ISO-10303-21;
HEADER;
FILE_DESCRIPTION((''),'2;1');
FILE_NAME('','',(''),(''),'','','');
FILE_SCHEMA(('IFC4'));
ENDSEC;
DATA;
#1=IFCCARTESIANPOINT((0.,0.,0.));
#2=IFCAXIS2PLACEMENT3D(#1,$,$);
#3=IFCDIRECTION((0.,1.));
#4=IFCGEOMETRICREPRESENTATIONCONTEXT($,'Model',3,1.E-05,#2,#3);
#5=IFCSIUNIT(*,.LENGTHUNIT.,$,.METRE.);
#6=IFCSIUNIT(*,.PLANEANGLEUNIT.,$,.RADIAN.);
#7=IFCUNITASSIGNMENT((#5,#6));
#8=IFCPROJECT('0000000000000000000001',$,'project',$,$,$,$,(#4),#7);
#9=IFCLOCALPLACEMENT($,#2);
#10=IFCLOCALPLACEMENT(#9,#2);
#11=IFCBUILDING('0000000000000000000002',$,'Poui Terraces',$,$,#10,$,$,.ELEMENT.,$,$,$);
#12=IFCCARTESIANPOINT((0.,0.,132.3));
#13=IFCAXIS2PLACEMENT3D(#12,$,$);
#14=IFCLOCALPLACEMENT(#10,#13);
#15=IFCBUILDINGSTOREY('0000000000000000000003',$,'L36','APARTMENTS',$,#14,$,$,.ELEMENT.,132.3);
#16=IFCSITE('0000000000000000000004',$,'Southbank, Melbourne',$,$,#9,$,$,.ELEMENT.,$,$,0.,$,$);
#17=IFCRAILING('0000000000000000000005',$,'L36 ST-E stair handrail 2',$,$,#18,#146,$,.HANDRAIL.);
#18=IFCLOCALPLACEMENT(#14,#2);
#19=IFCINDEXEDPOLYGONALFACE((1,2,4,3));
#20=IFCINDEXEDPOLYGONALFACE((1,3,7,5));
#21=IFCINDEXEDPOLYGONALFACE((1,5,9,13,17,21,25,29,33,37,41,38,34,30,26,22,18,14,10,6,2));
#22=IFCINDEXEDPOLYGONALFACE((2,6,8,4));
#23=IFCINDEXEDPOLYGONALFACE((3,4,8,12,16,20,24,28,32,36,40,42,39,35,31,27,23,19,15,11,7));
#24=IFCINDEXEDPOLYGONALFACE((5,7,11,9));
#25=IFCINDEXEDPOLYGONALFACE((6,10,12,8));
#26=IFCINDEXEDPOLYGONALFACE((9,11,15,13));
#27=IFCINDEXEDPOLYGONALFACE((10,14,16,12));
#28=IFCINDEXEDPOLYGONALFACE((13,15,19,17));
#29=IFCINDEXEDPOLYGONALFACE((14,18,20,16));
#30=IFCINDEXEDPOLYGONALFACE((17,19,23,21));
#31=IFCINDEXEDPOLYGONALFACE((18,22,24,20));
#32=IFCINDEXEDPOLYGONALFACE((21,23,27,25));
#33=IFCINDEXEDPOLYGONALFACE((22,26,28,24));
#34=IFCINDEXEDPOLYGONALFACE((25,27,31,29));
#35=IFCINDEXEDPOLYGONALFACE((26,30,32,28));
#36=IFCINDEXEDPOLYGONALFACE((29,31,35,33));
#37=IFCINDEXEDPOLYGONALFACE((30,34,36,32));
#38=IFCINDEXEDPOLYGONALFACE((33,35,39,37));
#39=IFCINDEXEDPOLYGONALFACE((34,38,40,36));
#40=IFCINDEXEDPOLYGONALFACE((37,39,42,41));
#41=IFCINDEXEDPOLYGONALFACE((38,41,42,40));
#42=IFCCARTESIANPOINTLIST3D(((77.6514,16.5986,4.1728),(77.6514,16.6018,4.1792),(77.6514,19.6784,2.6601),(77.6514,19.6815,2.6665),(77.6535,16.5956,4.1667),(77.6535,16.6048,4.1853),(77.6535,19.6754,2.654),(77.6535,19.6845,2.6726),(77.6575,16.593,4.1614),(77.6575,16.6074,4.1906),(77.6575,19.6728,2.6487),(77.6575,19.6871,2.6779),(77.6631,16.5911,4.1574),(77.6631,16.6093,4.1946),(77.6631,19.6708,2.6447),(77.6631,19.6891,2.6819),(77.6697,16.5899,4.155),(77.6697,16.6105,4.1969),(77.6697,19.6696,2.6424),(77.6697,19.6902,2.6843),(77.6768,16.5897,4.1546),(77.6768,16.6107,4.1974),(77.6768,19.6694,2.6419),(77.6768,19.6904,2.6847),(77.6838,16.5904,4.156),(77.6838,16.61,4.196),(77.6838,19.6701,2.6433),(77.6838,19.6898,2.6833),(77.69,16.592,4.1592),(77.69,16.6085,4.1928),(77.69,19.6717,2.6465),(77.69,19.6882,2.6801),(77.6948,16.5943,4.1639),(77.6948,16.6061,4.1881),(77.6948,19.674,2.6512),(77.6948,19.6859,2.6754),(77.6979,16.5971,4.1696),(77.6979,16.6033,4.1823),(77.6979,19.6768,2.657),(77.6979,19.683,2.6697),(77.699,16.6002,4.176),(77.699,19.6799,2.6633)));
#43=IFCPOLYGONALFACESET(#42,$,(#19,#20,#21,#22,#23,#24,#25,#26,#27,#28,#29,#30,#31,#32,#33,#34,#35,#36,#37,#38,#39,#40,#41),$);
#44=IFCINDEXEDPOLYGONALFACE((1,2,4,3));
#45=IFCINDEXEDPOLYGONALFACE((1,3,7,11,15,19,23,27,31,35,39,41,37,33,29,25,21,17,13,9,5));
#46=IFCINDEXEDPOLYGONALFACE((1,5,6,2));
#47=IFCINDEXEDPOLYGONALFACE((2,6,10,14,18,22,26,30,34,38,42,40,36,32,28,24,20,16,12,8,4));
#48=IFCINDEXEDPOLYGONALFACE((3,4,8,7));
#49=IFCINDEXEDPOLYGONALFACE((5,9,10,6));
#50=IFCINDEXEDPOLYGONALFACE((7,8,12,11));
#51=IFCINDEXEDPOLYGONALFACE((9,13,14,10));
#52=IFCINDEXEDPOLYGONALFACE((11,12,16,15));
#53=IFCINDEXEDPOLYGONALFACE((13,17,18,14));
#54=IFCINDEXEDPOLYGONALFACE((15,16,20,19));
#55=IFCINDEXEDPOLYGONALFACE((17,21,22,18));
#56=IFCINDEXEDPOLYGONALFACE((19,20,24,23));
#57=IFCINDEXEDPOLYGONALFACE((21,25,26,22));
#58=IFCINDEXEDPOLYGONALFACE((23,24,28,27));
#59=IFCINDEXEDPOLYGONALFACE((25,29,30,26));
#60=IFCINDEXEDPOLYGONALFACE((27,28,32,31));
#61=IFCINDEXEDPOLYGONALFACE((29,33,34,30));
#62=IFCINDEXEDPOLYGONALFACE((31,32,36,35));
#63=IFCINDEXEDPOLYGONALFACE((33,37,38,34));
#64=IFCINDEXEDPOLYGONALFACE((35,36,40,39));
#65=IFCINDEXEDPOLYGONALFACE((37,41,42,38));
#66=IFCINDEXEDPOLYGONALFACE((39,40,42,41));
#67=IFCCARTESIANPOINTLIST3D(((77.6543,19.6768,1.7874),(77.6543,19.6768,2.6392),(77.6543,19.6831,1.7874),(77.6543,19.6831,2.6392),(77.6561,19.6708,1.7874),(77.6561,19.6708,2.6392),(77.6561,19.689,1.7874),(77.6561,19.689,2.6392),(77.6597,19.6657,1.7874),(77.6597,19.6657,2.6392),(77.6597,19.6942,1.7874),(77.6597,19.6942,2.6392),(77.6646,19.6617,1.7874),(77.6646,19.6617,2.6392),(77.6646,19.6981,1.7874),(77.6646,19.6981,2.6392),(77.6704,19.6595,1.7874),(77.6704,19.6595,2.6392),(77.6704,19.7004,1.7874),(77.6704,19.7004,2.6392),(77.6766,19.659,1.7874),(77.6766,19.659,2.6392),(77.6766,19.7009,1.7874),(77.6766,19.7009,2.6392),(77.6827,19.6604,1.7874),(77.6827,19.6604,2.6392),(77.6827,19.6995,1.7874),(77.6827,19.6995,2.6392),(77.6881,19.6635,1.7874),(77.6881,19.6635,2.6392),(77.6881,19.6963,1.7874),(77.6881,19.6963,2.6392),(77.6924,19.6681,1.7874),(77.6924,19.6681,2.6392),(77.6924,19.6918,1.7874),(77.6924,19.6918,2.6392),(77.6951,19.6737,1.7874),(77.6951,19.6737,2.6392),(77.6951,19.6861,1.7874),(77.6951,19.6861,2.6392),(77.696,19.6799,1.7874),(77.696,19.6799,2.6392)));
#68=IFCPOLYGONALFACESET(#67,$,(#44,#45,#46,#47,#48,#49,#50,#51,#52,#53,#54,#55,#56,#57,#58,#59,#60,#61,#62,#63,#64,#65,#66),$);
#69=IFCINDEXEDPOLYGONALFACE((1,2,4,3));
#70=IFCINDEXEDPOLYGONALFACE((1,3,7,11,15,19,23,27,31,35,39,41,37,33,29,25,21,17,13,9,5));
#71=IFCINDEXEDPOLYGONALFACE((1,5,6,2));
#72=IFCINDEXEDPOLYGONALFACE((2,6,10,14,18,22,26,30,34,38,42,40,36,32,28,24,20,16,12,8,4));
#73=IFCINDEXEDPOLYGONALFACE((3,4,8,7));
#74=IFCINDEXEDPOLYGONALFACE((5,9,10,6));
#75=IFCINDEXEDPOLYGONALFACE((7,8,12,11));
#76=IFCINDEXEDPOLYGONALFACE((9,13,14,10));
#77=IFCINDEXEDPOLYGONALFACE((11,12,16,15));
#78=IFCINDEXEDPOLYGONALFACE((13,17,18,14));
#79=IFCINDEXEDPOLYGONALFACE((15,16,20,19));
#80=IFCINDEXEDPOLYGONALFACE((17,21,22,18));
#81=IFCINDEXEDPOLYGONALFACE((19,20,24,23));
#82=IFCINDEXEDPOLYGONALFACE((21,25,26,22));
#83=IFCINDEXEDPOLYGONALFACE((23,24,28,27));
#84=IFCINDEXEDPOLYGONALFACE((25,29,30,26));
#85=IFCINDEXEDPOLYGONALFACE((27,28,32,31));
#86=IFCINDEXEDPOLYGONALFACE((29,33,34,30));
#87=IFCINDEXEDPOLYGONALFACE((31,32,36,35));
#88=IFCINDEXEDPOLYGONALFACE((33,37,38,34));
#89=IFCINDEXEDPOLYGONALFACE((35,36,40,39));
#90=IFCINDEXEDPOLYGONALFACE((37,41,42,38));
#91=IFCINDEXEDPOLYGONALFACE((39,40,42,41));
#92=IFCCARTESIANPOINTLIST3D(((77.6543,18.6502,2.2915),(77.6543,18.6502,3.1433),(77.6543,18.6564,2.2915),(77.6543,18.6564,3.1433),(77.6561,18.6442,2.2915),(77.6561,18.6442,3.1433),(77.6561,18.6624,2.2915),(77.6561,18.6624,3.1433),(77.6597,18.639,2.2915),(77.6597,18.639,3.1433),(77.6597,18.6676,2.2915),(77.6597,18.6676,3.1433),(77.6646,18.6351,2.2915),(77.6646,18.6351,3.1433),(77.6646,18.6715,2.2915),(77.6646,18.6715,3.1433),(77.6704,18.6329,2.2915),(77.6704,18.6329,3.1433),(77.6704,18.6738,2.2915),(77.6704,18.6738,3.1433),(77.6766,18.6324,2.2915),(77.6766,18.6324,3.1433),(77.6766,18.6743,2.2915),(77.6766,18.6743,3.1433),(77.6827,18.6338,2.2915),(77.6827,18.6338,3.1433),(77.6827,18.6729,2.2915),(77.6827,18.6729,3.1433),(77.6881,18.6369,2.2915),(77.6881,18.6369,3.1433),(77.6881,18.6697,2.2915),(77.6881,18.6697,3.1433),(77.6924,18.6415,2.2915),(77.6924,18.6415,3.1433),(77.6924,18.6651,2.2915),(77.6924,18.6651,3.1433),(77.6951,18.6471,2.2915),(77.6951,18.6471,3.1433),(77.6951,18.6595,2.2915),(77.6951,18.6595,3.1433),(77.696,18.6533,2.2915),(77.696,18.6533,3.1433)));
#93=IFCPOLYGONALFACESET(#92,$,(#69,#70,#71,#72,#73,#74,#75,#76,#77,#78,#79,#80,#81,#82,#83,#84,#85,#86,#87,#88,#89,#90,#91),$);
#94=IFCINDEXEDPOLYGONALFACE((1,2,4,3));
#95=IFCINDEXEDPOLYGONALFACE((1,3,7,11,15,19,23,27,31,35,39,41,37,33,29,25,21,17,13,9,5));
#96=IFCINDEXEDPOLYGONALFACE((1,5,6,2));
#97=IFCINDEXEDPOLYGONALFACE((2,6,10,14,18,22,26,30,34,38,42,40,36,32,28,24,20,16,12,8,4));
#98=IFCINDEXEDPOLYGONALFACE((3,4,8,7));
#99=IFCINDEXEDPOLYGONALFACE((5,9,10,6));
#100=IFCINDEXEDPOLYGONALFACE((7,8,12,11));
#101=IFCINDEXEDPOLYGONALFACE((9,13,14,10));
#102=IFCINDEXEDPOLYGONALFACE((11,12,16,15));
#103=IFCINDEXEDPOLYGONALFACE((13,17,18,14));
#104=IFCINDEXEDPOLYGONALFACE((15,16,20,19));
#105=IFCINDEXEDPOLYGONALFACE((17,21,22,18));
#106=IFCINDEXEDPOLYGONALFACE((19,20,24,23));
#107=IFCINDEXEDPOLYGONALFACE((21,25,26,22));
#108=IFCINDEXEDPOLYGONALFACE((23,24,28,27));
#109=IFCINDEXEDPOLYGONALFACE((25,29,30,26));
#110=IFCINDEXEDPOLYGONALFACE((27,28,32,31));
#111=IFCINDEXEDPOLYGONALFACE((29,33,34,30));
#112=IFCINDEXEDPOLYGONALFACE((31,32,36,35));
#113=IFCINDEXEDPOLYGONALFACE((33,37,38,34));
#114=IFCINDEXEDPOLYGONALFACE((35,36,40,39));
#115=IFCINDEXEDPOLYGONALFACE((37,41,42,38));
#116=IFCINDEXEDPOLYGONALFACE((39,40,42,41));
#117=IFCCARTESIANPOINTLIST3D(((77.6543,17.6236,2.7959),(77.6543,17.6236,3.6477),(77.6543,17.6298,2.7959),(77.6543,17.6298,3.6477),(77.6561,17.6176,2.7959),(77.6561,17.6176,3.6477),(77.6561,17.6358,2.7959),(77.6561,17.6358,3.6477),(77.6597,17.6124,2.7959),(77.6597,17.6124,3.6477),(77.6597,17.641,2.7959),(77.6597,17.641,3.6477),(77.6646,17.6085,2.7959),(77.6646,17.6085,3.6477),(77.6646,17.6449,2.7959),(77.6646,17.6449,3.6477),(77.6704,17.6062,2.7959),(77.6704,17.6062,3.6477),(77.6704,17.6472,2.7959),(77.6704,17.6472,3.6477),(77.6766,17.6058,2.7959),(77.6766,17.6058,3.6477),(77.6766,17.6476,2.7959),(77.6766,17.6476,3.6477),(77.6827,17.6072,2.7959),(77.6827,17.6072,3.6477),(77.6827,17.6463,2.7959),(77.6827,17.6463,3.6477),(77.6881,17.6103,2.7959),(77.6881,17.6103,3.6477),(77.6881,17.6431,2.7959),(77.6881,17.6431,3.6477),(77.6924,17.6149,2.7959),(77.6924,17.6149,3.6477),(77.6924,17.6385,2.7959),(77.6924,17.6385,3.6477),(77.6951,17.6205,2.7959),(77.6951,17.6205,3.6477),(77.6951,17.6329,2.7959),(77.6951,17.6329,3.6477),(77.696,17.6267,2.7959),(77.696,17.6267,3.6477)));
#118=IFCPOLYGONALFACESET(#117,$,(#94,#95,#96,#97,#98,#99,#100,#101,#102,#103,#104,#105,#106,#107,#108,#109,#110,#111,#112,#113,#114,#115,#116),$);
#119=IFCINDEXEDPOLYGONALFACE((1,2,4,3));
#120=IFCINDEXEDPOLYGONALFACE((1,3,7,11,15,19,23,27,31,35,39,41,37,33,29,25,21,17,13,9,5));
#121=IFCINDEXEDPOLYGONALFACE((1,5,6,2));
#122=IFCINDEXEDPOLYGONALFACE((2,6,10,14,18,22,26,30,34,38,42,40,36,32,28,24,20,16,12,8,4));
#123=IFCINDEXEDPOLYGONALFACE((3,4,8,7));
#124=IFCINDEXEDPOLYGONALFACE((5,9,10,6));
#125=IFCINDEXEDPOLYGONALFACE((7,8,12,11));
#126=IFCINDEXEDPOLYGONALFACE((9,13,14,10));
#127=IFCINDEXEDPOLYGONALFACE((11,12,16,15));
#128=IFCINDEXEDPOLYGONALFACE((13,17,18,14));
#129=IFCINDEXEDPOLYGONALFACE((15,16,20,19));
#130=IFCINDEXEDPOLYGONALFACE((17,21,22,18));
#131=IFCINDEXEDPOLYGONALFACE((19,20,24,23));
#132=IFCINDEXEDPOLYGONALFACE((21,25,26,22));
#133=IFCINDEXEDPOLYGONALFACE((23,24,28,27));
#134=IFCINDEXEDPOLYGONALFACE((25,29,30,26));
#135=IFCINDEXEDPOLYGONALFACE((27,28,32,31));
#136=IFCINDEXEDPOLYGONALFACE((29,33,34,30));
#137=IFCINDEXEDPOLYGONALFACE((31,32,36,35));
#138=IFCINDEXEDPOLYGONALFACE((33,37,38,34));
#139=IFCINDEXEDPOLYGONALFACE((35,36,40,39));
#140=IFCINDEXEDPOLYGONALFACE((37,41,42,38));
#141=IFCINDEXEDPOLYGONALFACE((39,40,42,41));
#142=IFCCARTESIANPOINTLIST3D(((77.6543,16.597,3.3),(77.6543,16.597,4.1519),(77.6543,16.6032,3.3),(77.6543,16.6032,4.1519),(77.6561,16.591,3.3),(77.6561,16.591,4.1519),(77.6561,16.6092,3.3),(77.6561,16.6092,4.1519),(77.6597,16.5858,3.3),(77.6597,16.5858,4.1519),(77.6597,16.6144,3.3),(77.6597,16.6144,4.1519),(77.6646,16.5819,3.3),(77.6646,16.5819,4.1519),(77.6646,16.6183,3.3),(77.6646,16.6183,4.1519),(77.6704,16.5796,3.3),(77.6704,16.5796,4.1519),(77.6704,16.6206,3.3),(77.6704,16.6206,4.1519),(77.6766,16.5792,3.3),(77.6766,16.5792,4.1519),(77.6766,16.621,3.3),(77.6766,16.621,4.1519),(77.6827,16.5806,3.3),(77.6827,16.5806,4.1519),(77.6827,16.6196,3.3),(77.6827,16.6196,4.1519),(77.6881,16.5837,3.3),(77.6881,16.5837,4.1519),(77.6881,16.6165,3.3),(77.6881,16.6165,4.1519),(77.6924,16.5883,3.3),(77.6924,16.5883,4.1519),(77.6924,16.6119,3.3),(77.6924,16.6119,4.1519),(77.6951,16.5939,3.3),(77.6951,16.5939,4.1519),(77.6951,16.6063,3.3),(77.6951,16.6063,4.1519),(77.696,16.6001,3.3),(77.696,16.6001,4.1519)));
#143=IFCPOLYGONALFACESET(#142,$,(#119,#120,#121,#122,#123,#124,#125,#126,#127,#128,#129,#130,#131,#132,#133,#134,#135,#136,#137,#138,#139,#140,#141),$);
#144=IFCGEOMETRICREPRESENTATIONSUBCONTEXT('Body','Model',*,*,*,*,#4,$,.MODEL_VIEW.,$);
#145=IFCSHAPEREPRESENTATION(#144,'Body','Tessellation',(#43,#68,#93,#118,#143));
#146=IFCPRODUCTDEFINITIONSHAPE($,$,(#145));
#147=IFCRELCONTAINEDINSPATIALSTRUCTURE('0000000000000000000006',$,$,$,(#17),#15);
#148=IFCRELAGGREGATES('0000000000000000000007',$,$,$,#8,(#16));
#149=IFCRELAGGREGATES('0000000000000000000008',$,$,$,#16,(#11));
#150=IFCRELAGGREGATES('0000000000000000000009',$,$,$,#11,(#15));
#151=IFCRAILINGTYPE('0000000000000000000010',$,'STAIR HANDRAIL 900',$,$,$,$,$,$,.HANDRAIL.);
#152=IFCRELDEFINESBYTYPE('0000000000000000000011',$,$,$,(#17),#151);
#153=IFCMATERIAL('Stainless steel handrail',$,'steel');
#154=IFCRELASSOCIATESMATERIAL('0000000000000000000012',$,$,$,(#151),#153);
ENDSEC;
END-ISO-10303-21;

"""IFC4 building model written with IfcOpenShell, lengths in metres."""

from ifc_helpers import new_model, si_unit, direction, frame, origin, origin_2d, place, context, subcontext, project, spatial, circle, extrude, material, type_object, element, save


model = new_model("IFC4")

# Units and contexts
model_context = context("Model", 3, precision=1e-05, world=origin(), true_north=direction((0.0, 1.0)))
body_context = subcontext(model_context, "Body", "Model", "MODEL_VIEW")
ifc_project = project(units=[si_unit("LENGTHUNIT", "METRE"), si_unit("PLANEANGLEUNIT", "RADIAN")], contexts=[model_context])

# Site, building, storey
site_placement = place(None, origin())
site = spatial("IfcSite", under=ifc_project, at=site_placement, Name="Southbank, Melbourne", CompositionType="ELEMENT", RefElevation=0.0)
building_placement = place(site_placement, origin())
building = spatial("IfcBuilding", under=site, at=building_placement, Name="Poui Terraces", CompositionType="ELEMENT")
storey_placement = place(building_placement, frame((0.0, 0.0, 132.3)))
storey = spatial("IfcBuildingStorey", under=building, at=storey_placement, Name="L36", Description="APARTMENTS", CompositionType="ELEMENT", Elevation=132.3)

# Railing
ifc_material_1 = material(Name="Stainless steel handrail", Category="steel")
railing_type_1 = type_object("IfcRailingType", Name="STAIR HANDRAIL 900", PredefinedType="HANDRAIL", material=ifc_material_1)
railing_1_placement = place(storey_placement, frame((77.675, 19.6799, 1.7874)))
element("IfcRailing", 1, at=railing_1_placement, inside=storey, type_object=railing_type_1, Name="L36 ST-E stair handrail 2", PredefinedType="HANDRAIL", context=body_context, shape_type="SweptSolid", body=[
    extrude(circle(Radius=0.0239, at=origin_2d()), frame((0.0, 0.0, 0.876), z_axis=(0.0, -0.897578, 0.440856), x_axis=(1.0, 0.0, 0.0)), (0.0, 0.0, 1.0), 3.4312),
    extrude(circle(Radius=0.021, at=origin_2d()), origin(), (0.0, 0.0, 1.0), 0.8518),
    extrude(circle(Radius=0.021, at=origin_2d()), frame((0.0, -1.0266, 0.5042)), (0.0, 0.0, 1.0), 0.8518),
    extrude(circle(Radius=0.021, at=origin_2d()), frame((0.0, -2.0532, 1.0085)), (0.0, 0.0, 1.0), 0.8518),
    extrude(circle(Radius=0.021, at=origin_2d()), frame((0.0, -3.0798, 1.5127)), (0.0, 0.0, 1.0), 0.8518),
])

save(model, "model.ifc")
